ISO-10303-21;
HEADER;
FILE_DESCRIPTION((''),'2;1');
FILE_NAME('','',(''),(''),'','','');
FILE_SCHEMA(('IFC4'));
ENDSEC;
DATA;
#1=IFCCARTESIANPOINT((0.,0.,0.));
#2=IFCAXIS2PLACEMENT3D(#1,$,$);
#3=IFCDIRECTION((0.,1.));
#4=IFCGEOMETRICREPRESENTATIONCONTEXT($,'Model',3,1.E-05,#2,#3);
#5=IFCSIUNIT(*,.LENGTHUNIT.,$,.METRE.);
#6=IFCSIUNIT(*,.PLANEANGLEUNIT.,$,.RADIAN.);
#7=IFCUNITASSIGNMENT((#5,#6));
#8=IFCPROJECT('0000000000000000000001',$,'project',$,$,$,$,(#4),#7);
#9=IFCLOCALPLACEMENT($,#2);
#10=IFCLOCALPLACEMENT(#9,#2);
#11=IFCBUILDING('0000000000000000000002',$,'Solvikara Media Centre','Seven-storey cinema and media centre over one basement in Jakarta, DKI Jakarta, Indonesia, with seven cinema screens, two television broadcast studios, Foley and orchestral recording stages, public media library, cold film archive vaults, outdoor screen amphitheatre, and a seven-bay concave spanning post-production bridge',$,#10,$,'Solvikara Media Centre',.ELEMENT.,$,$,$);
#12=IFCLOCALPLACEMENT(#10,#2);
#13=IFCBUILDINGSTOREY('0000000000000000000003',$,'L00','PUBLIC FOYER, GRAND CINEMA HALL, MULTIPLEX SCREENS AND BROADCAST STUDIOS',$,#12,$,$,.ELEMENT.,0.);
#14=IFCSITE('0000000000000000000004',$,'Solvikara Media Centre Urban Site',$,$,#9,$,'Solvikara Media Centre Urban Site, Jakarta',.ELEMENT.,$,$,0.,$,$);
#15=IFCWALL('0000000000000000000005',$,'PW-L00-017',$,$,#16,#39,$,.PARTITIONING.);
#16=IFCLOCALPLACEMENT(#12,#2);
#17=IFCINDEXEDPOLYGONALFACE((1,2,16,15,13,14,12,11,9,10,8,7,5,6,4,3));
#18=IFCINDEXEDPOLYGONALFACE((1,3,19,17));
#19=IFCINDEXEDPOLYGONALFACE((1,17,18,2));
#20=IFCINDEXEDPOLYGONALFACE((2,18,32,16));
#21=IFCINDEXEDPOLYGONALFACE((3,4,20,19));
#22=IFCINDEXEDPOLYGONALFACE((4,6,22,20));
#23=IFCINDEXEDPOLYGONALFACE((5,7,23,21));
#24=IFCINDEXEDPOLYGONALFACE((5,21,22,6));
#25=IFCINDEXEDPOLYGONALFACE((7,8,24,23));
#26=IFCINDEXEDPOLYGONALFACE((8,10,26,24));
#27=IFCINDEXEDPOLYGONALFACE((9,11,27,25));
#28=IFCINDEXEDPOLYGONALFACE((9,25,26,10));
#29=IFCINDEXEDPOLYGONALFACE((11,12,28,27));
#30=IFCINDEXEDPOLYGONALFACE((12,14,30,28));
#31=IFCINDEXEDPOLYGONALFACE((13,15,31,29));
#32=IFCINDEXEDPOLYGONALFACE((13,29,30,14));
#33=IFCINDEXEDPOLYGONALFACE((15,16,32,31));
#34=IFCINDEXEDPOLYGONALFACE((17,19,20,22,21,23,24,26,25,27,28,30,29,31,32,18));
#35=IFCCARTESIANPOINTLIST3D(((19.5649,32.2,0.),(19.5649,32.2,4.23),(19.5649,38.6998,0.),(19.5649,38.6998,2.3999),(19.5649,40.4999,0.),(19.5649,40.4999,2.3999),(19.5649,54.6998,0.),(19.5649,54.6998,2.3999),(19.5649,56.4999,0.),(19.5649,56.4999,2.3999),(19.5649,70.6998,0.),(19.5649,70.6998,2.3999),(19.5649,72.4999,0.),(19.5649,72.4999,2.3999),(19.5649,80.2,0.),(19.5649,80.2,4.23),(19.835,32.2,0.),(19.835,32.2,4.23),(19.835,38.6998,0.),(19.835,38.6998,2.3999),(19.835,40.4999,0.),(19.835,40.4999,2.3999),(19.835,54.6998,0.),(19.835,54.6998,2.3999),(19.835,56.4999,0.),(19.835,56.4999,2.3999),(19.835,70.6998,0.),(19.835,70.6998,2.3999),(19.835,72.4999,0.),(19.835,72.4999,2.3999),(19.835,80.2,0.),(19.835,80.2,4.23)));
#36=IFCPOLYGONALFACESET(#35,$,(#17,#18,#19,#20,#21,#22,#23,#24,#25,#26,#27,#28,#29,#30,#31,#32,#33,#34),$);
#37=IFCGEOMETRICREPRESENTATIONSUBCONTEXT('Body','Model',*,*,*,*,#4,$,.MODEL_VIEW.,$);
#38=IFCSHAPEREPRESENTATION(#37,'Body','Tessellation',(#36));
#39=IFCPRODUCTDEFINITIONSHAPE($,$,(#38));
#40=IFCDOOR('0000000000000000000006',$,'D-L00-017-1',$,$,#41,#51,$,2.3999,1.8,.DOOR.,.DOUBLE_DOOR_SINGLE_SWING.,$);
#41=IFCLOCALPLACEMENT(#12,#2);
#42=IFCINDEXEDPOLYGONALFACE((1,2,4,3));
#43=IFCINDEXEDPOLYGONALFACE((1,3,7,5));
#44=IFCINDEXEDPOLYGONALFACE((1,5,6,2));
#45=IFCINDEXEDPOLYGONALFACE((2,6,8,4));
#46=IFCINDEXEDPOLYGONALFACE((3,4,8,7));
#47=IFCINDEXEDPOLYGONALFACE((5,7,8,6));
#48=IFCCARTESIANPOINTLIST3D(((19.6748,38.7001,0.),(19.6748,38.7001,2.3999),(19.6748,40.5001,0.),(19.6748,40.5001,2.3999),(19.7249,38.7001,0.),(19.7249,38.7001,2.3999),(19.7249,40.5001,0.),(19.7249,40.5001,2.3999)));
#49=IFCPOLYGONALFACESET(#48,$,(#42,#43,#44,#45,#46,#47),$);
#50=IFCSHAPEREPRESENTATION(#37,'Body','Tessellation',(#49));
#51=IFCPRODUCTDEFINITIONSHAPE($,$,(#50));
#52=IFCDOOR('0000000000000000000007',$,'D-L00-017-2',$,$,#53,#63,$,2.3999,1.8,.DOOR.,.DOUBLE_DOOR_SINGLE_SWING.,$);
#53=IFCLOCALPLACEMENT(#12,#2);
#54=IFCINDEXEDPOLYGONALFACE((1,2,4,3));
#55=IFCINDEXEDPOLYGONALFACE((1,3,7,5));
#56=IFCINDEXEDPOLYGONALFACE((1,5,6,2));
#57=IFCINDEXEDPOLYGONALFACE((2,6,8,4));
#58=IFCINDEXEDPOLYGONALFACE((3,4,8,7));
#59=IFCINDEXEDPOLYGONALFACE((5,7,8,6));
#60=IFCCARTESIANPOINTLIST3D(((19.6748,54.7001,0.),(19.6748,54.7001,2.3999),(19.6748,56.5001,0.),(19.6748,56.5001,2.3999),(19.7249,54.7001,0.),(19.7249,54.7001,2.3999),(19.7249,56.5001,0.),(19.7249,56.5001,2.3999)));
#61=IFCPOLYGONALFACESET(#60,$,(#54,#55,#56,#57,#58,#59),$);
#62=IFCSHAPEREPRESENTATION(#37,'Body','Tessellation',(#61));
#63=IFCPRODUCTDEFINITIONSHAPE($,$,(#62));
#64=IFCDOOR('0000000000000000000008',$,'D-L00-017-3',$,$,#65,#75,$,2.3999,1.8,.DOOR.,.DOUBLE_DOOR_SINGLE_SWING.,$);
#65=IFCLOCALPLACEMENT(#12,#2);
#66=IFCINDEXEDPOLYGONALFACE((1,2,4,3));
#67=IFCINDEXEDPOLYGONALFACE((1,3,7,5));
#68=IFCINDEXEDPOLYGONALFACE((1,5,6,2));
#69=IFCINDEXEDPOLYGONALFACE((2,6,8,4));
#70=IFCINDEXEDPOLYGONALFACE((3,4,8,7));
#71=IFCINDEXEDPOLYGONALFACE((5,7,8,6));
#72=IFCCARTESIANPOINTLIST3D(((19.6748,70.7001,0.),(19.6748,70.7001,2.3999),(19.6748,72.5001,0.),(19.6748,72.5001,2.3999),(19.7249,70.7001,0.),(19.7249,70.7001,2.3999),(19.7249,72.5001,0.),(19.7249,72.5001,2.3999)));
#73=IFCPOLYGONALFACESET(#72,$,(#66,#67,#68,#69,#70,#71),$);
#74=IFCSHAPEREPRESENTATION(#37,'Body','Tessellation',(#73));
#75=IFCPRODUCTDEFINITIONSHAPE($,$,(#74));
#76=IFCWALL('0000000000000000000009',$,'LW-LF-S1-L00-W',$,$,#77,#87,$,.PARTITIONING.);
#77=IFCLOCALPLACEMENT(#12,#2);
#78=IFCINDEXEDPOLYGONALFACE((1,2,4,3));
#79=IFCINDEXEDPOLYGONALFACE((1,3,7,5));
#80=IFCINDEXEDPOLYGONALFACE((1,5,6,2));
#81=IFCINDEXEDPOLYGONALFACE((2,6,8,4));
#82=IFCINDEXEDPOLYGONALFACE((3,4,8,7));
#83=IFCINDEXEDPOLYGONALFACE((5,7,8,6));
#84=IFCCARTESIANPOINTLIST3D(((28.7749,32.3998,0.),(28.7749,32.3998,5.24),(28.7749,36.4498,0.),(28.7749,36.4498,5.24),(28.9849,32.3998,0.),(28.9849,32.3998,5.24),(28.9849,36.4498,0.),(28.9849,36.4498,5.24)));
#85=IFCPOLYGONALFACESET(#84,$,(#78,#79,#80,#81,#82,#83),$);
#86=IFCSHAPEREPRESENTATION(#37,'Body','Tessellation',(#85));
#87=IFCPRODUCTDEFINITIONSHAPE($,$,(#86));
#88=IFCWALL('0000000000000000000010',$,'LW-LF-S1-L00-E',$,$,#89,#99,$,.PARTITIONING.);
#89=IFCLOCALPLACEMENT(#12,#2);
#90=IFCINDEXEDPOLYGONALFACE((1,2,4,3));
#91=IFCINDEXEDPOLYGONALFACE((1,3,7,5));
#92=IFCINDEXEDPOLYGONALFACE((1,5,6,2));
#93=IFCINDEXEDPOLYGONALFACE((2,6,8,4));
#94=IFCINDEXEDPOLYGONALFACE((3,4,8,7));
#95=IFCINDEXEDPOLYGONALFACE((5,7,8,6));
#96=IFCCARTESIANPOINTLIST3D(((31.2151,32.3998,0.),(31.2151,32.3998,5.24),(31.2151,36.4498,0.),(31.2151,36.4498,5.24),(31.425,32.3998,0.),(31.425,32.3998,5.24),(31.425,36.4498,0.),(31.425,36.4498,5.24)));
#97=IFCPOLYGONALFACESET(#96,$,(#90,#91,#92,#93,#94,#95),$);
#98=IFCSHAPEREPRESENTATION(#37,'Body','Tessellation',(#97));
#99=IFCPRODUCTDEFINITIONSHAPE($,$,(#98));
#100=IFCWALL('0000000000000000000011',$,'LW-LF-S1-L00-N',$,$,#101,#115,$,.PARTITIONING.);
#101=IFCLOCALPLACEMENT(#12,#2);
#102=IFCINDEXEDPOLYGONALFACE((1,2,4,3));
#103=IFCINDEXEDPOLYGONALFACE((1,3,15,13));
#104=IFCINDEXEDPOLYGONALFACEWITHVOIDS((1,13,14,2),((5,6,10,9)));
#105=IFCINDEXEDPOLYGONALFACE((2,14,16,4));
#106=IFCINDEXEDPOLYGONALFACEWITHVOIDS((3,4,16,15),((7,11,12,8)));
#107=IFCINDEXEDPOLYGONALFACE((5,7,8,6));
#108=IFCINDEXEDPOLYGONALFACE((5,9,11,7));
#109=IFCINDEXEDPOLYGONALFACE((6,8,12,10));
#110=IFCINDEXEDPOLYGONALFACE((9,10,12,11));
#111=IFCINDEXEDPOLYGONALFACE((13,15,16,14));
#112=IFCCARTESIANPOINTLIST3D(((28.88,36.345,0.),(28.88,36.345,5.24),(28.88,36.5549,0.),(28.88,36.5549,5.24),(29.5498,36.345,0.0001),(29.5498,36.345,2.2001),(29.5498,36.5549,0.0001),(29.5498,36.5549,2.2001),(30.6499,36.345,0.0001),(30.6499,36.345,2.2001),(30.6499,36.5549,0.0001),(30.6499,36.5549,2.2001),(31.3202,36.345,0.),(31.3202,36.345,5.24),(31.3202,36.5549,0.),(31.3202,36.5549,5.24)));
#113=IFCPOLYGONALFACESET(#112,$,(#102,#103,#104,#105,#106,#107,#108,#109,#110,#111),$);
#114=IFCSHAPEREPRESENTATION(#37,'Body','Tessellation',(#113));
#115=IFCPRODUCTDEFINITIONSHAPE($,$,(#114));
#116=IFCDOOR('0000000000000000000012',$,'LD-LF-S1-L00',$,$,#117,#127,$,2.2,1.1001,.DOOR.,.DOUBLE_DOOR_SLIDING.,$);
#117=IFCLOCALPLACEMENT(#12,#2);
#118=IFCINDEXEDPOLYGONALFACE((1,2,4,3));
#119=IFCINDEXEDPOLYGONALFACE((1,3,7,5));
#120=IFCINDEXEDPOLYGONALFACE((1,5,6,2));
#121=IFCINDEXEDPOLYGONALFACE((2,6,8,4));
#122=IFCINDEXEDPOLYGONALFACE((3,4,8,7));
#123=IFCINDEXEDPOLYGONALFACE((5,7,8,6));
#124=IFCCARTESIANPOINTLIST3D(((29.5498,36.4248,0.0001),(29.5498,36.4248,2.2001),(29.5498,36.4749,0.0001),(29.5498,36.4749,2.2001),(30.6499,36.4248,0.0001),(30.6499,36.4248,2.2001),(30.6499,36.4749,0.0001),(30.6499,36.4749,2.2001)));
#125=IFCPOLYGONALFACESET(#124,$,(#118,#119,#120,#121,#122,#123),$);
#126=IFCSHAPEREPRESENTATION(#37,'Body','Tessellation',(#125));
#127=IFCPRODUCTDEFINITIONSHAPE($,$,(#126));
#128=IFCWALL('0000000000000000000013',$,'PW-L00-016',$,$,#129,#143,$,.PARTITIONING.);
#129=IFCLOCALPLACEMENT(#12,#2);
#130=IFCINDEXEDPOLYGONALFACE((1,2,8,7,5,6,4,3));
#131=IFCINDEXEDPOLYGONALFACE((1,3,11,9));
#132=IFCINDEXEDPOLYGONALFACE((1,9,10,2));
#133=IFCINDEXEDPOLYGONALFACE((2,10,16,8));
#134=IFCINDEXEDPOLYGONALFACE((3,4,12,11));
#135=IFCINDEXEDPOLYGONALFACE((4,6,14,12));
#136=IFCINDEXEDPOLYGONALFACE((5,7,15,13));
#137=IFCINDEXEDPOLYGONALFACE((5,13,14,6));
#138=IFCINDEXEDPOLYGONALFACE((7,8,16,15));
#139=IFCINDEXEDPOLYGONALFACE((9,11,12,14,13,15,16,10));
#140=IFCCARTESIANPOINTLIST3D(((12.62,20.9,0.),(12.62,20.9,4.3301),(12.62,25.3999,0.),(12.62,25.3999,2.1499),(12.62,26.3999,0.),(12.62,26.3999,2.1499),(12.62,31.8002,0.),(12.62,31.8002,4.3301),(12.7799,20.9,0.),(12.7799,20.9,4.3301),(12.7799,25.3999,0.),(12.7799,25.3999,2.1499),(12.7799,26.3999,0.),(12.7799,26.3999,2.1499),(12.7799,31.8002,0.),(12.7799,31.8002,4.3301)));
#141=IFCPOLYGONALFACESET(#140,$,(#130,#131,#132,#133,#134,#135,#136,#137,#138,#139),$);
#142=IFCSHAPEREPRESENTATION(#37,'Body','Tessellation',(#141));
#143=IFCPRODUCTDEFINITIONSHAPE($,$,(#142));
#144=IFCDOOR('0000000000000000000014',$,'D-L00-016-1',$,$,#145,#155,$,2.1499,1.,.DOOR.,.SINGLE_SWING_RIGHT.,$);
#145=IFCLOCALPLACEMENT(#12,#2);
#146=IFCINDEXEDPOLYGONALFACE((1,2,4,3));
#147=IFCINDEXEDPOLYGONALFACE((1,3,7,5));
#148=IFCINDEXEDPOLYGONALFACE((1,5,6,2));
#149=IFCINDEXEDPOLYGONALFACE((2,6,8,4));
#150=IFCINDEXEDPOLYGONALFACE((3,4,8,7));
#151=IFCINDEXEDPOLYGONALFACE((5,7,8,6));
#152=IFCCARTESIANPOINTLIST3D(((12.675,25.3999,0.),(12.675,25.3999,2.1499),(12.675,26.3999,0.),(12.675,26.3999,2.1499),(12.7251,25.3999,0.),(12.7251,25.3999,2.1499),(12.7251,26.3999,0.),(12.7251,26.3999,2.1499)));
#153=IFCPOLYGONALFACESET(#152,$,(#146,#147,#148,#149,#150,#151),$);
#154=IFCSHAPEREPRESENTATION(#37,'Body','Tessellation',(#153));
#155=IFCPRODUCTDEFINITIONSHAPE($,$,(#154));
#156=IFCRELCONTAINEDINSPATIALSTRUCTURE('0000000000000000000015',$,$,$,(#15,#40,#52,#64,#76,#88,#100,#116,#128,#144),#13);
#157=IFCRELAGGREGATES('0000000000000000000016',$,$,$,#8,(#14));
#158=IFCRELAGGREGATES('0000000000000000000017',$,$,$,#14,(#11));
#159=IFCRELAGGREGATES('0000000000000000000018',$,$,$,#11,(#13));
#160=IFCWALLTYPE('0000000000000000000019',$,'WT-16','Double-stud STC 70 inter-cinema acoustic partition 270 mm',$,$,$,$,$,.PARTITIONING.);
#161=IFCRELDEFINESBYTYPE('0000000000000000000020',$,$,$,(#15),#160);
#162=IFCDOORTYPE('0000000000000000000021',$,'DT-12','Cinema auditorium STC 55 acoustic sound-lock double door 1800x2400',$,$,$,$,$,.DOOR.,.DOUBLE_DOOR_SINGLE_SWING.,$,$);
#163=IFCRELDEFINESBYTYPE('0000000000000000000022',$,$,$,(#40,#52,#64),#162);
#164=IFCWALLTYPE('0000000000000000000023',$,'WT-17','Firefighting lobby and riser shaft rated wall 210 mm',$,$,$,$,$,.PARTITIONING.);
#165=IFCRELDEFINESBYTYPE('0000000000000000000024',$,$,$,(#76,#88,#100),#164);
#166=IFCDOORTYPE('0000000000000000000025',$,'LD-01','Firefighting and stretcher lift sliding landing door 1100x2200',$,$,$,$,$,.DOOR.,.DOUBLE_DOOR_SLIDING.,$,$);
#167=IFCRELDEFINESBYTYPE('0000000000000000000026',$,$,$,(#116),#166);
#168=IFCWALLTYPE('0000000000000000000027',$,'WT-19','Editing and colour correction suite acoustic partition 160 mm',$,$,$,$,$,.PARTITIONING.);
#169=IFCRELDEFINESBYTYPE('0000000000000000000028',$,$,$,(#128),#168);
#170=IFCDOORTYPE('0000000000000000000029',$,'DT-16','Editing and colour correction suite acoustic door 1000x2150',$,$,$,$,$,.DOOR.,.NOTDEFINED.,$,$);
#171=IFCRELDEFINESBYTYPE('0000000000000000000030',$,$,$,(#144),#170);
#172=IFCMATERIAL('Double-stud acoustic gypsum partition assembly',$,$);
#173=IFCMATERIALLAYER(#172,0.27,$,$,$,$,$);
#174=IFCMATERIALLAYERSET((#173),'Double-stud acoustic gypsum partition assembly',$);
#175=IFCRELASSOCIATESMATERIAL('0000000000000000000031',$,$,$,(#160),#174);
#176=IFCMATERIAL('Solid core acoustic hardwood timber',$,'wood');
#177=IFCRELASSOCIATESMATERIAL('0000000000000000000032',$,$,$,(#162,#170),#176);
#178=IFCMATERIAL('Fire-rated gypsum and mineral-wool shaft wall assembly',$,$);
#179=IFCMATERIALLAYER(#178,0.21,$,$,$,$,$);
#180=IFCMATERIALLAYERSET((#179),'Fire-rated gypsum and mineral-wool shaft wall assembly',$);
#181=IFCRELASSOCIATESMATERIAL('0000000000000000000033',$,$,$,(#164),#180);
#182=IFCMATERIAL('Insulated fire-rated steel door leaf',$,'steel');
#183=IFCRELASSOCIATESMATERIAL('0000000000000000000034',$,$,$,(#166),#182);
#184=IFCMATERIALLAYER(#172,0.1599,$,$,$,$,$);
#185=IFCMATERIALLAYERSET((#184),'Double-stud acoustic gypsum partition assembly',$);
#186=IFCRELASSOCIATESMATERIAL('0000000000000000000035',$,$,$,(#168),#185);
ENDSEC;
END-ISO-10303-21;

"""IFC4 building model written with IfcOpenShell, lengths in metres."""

from ifc_helpers import new_model, si_unit, direction, frame, frame_2d, origin, place, context, subcontext, project, spatial, rectangle, extrude, material, layer, layer_set, type_object, element, fill, save


model = new_model("IFC4")

# Units and contexts
model_context = context("Model", 3, precision=1e-05, world=origin(), true_north=direction((0.0, 1.0)))
body_context = subcontext(model_context, "Body", "Model", "MODEL_VIEW")
ifc_project = project(units=[si_unit("LENGTHUNIT", "METRE"), si_unit("PLANEANGLEUNIT", "RADIAN")], contexts=[model_context])

# Site, building, storey
site_placement = place(None, origin())
site = spatial("IfcSite", under=ifc_project, at=site_placement, Name="Solvikara Media Centre Urban Site", LongName="Solvikara Media Centre Urban Site, Jakarta", CompositionType="ELEMENT", RefElevation=0.0)
building_placement = place(site_placement, origin())
building = spatial("IfcBuilding", under=site, at=building_placement, Name="Solvikara Media Centre", Description="Seven-storey cinema and media centre over one basement in Jakarta, DKI Jakarta, Indonesia, with seven cinema screens, two television broadcast studios, Foley and orchestral recording stages, public media library, cold film archive vaults, outdoor screen amphitheatre, and a seven-bay concave spanning post-production bridge", LongName="Solvikara Media Centre", CompositionType="ELEMENT")
storey_placement = place(building_placement, origin())
storey = spatial("IfcBuildingStorey", under=building, at=storey_placement, Name="L00", Description="PUBLIC FOYER, GRAND CINEMA HALL, MULTIPLEX SCREENS AND BROADCAST STUDIOS", CompositionType="ELEMENT", Elevation=0.0)

# Shared definitions
ifc_material_1 = material(Name="Insulated fire-rated steel door leaf", Category="steel")

# Wall, openings, doors
ifc_material_2 = material(Name="Double-stud acoustic gypsum partition assembly")
ifc_layer_1 = layer(ifc_material_2, 0.27)
ifc_layer_set_1 = layer_set([ifc_layer_1], Name="Double-stud acoustic gypsum partition assembly")
wall_type_1 = type_object("IfcWallType", Name="WT-16", Description="Double-stud STC 70 inter-cinema acoustic partition 270 mm", PredefinedType="PARTITIONING", material=ifc_layer_set_1)
wall_1_placement = place(storey_placement, frame((19.7, 32.2, 0.0), z_axis=(0.0, 0.0, 1.0), x_axis=(0.0, 1.0, 0.0)))
wall_1 = element("IfcWall", 1, at=wall_1_placement, inside=storey, type_object=wall_type_1, Name="PW-L00-017", PredefinedType="PARTITIONING", context=body_context, shape_type="SweptSolid", body=[
    extrude(rectangle(XDim=48.0, YDim=0.27, at=frame_2d((24.0, 0.0))), origin(), (0.0, 0.0, 1.0), 4.23),
])
opening_1_placement = place(wall_1_placement, frame((6.5, 0.0, 0.0)))
opening_1 = element("IfcOpeningElement", 2, at=opening_1_placement, cuts=wall_1, PredefinedType="OPENING", context=body_context, shape_type="SweptSolid", body=[
    extrude(rectangle(XDim=1.8, YDim=2.3999, at=frame_2d((0.8999, 1.2))), frame((0.0, 0.147, 0.0), z_axis=(0.0, -1.0, 0.0), x_axis=(1.0, 0.0, 0.0)), (0.0, 0.0, 1.0), 0.2939),
])
opening_2_placement = place(wall_1_placement, frame((22.5, 0.0, 0.0)))
opening_2 = element("IfcOpeningElement", 3, at=opening_2_placement, cuts=wall_1, PredefinedType="OPENING", context=body_context, shape_type="SweptSolid", body=[
    extrude(rectangle(XDim=1.8, YDim=2.3999, at=frame_2d((0.8999, 1.2))), frame((0.0, 0.147, 0.0), z_axis=(0.0, -1.0, 0.0), x_axis=(1.0, 0.0, 0.0)), (0.0, 0.0, 1.0), 0.2939),
])
opening_3_placement = place(wall_1_placement, frame((38.5, 0.0, 0.0)))
opening_3 = element("IfcOpeningElement", 4, at=opening_3_placement, cuts=wall_1, PredefinedType="OPENING", context=body_context, shape_type="SweptSolid", body=[
    extrude(rectangle(XDim=1.8, YDim=2.3999, at=frame_2d((0.8999, 1.2))), frame((0.0, 0.147, 0.0), z_axis=(0.0, -1.0, 0.0), x_axis=(1.0, 0.0, 0.0)), (0.0, 0.0, 1.0), 0.2939),
])
ifc_material_3 = material(Name="Solid core acoustic hardwood timber", Category="wood")
door_type_1 = type_object("IfcDoorType", Name="DT-12", Description="Cinema auditorium STC 55 acoustic sound-lock double door 1800x2400", OperationType="DOUBLE_DOOR_SINGLE_SWING", PredefinedType="DOOR", material=ifc_material_3)
door_1_placement = place(opening_1_placement, frame((1.8, 0.0, 0.0), z_axis=(0.0, 0.0, 1.0), x_axis=(-1.0, 0.0, 0.0)))
door_1 = element("IfcDoor", 5, at=door_1_placement, inside=storey, type_object=door_type_1, Name="D-L00-017-1", OperationType="DOUBLE_DOOR_SINGLE_SWING", OverallHeight=2.3999, OverallWidth=1.8, PredefinedType="DOOR", context=body_context, shape_type="SweptSolid", body=[
    extrude(rectangle(XDim=1.8, YDim=2.3999, at=frame_2d((0.8999, 1.2))), frame((0.0, 0.0249, 0.0), z_axis=(0.0, -1.0, 0.0), x_axis=(1.0, 0.0, 0.0)), (0.0, 0.0, 1.0), 0.05),
])
fill(opening_1, door_1)
door_2_placement = place(opening_2_placement, frame((1.8, 0.0, 0.0), z_axis=(0.0, 0.0, 1.0), x_axis=(-1.0, 0.0, 0.0)))
door_2 = element("IfcDoor", 6, at=door_2_placement, inside=storey, type_object=door_type_1, Name="D-L00-017-2", OperationType="DOUBLE_DOOR_SINGLE_SWING", OverallHeight=2.3999, OverallWidth=1.8, PredefinedType="DOOR", context=body_context, shape_type="SweptSolid", body=[
    extrude(rectangle(XDim=1.8, YDim=2.3999, at=frame_2d((0.8999, 1.2))), frame((0.0, 0.0249, 0.0), z_axis=(0.0, -1.0, 0.0), x_axis=(1.0, 0.0, 0.0)), (0.0, 0.0, 1.0), 0.05),
])
fill(opening_2, door_2)
door_3_placement = place(opening_3_placement, frame((1.8, 0.0, 0.0), z_axis=(0.0, 0.0, 1.0), x_axis=(-1.0, 0.0, 0.0)))
door_3 = element("IfcDoor", 7, at=door_3_placement, inside=storey, type_object=door_type_1, Name="D-L00-017-3", OperationType="DOUBLE_DOOR_SINGLE_SWING", OverallHeight=2.3999, OverallWidth=1.8, PredefinedType="DOOR", context=body_context, shape_type="SweptSolid", body=[
    extrude(rectangle(XDim=1.8, YDim=2.3999, at=frame_2d((0.8999, 1.2))), frame((0.0, 0.0249, 0.0), z_axis=(0.0, -1.0, 0.0), x_axis=(1.0, 0.0, 0.0)), (0.0, 0.0, 1.0), 0.05),
])
fill(opening_3, door_3)

# Walls
ifc_material_4 = material(Name="Fire-rated gypsum and mineral-wool shaft wall assembly")
ifc_layer_2 = layer(ifc_material_4, 0.21)
ifc_layer_set_2 = layer_set([ifc_layer_2], Name="Fire-rated gypsum and mineral-wool shaft wall assembly")
wall_type_2 = type_object("IfcWallType", Name="WT-17", Description="Firefighting lobby and riser shaft rated wall 210 mm", PredefinedType="PARTITIONING", material=ifc_layer_set_2)
for number, where, z_axis, x_axis, name in (
    (8, (28.8799, 32.3999, 0.0), (0.0, 0.0, 1.0), (0.0, 1.0, 0.0), "LW-LF-S1-L00-W"),
    (9, (31.3201, 32.3999, 0.0), (0.0, 0.0, 1.0), (0.0, 1.0, 0.0), "LW-LF-S1-L00-E"),
):
    element("IfcWall", number, at=place(storey_placement, frame(where, z_axis=z_axis, x_axis=x_axis)), inside=storey, type_object=wall_type_2, Name=name, PredefinedType="PARTITIONING", context=body_context, shape_type="SweptSolid", body=[
        extrude(rectangle(XDim=4.05, YDim=0.21, at=frame_2d((2.0249, 0.0))), origin(), (0.0, 0.0, 1.0), 5.24),
    ])

# Walls, openings, doors
wall_2_placement = place(storey_placement, frame((28.8799, 36.45, 0.0), z_axis=(0.0, 0.0, 1.0), x_axis=(1.0, 0.0, 0.0)))
wall_2 = element("IfcWall", 10, at=wall_2_placement, inside=storey, type_object=wall_type_2, Name="LW-LF-S1-L00-N", PredefinedType="PARTITIONING", context=body_context, shape_type="SweptSolid", body=[
    extrude(rectangle(XDim=2.4402, YDim=0.21, at=frame_2d((1.2202, 0.0))), origin(), (0.0, 0.0, 1.0), 5.24),
])
opening_4_placement = place(wall_2_placement, frame((0.6699, 0.0, 0.0)))
opening_4 = element("IfcOpeningElement", 11, at=opening_4_placement, cuts=wall_2, PredefinedType="OPENING", context=body_context, shape_type="SweptSolid", body=[
    extrude(rectangle(XDim=1.1001, YDim=2.2, at=frame_2d((0.55, 1.1001))), frame((0.0, 0.1169, 0.0), z_axis=(0.0, -1.0, 0.0), x_axis=(1.0, 0.0, 0.0)), (0.0, 0.0, 1.0), 0.2339),
])
door_type_2 = type_object("IfcDoorType", Name="LD-01", Description="Firefighting and stretcher lift sliding landing door 1100x2200", OperationType="DOUBLE_DOOR_SLIDING", PredefinedType="DOOR", material=ifc_material_1)
door_4_placement = place(opening_4_placement, origin())
door_4 = element("IfcDoor", 12, at=door_4_placement, inside=storey, type_object=door_type_2, Name="LD-LF-S1-L00", OperationType="DOUBLE_DOOR_SLIDING", OverallHeight=2.2, OverallWidth=1.1001, PredefinedType="DOOR", context=body_context, shape_type="SweptSolid", body=[
    extrude(rectangle(XDim=1.1001, YDim=2.2, at=frame_2d((0.55, 1.1001))), frame((0.0, 0.0249, 0.0), z_axis=(0.0, -1.0, 0.0), x_axis=(1.0, 0.0, 0.0)), (0.0, 0.0, 1.0), 0.05),
])
fill(opening_4, door_4)
ifc_layer_3 = layer(ifc_material_2, 0.1599)
ifc_layer_set_3 = layer_set([ifc_layer_3], Name="Double-stud acoustic gypsum partition assembly")
wall_type_3 = type_object("IfcWallType", Name="WT-19", Description="Editing and colour correction suite acoustic partition 160 mm", PredefinedType="PARTITIONING", material=ifc_layer_set_3)
wall_3_placement = place(storey_placement, frame((12.7, 20.8999, 0.0), z_axis=(0.0, 0.0, 1.0), x_axis=(0.0, 1.0, 0.0)))
wall_3 = element("IfcWall", 13, at=wall_3_placement, inside=storey, type_object=wall_type_3, Name="PW-L00-016", PredefinedType="PARTITIONING", context=body_context, shape_type="SweptSolid", body=[
    extrude(rectangle(XDim=10.9001, YDim=0.1599, at=frame_2d((5.4502, 0.0))), origin(), (0.0, 0.0, 1.0), 4.3301),
])
opening_5_placement = place(wall_3_placement, frame((4.5, 0.0, 0.0)))
opening_5 = element("IfcOpeningElement", 14, at=opening_5_placement, cuts=wall_3, PredefinedType="OPENING", context=body_context, shape_type="SweptSolid", body=[
    extrude(rectangle(XDim=1.0, YDim=2.1499, at=frame_2d((0.5, 1.075))), frame((0.0, 0.0918, 0.0), z_axis=(0.0, -1.0, 0.0), x_axis=(1.0, 0.0, 0.0)), (0.0, 0.0, 1.0), 0.1838),
])
door_type_3 = type_object("IfcDoorType", Name="DT-16", Description="Editing and colour correction suite acoustic door 1000x2150", OperationType="NOTDEFINED", PredefinedType="DOOR", material=ifc_material_3)
door_5_placement = place(opening_5_placement, origin())
door_5 = element("IfcDoor", 15, at=door_5_placement, inside=storey, type_object=door_type_3, Name="D-L00-016-1", OperationType="SINGLE_SWING_RIGHT", OverallHeight=2.1499, OverallWidth=1.0, PredefinedType="DOOR", context=body_context, shape_type="SweptSolid", body=[
    extrude(rectangle(XDim=1.0, YDim=2.1499, at=frame_2d((0.5, 1.075))), frame((0.0, 0.0249, 0.0), z_axis=(0.0, -1.0, 0.0), x_axis=(1.0, 0.0, 0.0)), (0.0, 0.0, 1.0), 0.05),
])
fill(opening_5, door_5)

save(model, "model.ifc")
